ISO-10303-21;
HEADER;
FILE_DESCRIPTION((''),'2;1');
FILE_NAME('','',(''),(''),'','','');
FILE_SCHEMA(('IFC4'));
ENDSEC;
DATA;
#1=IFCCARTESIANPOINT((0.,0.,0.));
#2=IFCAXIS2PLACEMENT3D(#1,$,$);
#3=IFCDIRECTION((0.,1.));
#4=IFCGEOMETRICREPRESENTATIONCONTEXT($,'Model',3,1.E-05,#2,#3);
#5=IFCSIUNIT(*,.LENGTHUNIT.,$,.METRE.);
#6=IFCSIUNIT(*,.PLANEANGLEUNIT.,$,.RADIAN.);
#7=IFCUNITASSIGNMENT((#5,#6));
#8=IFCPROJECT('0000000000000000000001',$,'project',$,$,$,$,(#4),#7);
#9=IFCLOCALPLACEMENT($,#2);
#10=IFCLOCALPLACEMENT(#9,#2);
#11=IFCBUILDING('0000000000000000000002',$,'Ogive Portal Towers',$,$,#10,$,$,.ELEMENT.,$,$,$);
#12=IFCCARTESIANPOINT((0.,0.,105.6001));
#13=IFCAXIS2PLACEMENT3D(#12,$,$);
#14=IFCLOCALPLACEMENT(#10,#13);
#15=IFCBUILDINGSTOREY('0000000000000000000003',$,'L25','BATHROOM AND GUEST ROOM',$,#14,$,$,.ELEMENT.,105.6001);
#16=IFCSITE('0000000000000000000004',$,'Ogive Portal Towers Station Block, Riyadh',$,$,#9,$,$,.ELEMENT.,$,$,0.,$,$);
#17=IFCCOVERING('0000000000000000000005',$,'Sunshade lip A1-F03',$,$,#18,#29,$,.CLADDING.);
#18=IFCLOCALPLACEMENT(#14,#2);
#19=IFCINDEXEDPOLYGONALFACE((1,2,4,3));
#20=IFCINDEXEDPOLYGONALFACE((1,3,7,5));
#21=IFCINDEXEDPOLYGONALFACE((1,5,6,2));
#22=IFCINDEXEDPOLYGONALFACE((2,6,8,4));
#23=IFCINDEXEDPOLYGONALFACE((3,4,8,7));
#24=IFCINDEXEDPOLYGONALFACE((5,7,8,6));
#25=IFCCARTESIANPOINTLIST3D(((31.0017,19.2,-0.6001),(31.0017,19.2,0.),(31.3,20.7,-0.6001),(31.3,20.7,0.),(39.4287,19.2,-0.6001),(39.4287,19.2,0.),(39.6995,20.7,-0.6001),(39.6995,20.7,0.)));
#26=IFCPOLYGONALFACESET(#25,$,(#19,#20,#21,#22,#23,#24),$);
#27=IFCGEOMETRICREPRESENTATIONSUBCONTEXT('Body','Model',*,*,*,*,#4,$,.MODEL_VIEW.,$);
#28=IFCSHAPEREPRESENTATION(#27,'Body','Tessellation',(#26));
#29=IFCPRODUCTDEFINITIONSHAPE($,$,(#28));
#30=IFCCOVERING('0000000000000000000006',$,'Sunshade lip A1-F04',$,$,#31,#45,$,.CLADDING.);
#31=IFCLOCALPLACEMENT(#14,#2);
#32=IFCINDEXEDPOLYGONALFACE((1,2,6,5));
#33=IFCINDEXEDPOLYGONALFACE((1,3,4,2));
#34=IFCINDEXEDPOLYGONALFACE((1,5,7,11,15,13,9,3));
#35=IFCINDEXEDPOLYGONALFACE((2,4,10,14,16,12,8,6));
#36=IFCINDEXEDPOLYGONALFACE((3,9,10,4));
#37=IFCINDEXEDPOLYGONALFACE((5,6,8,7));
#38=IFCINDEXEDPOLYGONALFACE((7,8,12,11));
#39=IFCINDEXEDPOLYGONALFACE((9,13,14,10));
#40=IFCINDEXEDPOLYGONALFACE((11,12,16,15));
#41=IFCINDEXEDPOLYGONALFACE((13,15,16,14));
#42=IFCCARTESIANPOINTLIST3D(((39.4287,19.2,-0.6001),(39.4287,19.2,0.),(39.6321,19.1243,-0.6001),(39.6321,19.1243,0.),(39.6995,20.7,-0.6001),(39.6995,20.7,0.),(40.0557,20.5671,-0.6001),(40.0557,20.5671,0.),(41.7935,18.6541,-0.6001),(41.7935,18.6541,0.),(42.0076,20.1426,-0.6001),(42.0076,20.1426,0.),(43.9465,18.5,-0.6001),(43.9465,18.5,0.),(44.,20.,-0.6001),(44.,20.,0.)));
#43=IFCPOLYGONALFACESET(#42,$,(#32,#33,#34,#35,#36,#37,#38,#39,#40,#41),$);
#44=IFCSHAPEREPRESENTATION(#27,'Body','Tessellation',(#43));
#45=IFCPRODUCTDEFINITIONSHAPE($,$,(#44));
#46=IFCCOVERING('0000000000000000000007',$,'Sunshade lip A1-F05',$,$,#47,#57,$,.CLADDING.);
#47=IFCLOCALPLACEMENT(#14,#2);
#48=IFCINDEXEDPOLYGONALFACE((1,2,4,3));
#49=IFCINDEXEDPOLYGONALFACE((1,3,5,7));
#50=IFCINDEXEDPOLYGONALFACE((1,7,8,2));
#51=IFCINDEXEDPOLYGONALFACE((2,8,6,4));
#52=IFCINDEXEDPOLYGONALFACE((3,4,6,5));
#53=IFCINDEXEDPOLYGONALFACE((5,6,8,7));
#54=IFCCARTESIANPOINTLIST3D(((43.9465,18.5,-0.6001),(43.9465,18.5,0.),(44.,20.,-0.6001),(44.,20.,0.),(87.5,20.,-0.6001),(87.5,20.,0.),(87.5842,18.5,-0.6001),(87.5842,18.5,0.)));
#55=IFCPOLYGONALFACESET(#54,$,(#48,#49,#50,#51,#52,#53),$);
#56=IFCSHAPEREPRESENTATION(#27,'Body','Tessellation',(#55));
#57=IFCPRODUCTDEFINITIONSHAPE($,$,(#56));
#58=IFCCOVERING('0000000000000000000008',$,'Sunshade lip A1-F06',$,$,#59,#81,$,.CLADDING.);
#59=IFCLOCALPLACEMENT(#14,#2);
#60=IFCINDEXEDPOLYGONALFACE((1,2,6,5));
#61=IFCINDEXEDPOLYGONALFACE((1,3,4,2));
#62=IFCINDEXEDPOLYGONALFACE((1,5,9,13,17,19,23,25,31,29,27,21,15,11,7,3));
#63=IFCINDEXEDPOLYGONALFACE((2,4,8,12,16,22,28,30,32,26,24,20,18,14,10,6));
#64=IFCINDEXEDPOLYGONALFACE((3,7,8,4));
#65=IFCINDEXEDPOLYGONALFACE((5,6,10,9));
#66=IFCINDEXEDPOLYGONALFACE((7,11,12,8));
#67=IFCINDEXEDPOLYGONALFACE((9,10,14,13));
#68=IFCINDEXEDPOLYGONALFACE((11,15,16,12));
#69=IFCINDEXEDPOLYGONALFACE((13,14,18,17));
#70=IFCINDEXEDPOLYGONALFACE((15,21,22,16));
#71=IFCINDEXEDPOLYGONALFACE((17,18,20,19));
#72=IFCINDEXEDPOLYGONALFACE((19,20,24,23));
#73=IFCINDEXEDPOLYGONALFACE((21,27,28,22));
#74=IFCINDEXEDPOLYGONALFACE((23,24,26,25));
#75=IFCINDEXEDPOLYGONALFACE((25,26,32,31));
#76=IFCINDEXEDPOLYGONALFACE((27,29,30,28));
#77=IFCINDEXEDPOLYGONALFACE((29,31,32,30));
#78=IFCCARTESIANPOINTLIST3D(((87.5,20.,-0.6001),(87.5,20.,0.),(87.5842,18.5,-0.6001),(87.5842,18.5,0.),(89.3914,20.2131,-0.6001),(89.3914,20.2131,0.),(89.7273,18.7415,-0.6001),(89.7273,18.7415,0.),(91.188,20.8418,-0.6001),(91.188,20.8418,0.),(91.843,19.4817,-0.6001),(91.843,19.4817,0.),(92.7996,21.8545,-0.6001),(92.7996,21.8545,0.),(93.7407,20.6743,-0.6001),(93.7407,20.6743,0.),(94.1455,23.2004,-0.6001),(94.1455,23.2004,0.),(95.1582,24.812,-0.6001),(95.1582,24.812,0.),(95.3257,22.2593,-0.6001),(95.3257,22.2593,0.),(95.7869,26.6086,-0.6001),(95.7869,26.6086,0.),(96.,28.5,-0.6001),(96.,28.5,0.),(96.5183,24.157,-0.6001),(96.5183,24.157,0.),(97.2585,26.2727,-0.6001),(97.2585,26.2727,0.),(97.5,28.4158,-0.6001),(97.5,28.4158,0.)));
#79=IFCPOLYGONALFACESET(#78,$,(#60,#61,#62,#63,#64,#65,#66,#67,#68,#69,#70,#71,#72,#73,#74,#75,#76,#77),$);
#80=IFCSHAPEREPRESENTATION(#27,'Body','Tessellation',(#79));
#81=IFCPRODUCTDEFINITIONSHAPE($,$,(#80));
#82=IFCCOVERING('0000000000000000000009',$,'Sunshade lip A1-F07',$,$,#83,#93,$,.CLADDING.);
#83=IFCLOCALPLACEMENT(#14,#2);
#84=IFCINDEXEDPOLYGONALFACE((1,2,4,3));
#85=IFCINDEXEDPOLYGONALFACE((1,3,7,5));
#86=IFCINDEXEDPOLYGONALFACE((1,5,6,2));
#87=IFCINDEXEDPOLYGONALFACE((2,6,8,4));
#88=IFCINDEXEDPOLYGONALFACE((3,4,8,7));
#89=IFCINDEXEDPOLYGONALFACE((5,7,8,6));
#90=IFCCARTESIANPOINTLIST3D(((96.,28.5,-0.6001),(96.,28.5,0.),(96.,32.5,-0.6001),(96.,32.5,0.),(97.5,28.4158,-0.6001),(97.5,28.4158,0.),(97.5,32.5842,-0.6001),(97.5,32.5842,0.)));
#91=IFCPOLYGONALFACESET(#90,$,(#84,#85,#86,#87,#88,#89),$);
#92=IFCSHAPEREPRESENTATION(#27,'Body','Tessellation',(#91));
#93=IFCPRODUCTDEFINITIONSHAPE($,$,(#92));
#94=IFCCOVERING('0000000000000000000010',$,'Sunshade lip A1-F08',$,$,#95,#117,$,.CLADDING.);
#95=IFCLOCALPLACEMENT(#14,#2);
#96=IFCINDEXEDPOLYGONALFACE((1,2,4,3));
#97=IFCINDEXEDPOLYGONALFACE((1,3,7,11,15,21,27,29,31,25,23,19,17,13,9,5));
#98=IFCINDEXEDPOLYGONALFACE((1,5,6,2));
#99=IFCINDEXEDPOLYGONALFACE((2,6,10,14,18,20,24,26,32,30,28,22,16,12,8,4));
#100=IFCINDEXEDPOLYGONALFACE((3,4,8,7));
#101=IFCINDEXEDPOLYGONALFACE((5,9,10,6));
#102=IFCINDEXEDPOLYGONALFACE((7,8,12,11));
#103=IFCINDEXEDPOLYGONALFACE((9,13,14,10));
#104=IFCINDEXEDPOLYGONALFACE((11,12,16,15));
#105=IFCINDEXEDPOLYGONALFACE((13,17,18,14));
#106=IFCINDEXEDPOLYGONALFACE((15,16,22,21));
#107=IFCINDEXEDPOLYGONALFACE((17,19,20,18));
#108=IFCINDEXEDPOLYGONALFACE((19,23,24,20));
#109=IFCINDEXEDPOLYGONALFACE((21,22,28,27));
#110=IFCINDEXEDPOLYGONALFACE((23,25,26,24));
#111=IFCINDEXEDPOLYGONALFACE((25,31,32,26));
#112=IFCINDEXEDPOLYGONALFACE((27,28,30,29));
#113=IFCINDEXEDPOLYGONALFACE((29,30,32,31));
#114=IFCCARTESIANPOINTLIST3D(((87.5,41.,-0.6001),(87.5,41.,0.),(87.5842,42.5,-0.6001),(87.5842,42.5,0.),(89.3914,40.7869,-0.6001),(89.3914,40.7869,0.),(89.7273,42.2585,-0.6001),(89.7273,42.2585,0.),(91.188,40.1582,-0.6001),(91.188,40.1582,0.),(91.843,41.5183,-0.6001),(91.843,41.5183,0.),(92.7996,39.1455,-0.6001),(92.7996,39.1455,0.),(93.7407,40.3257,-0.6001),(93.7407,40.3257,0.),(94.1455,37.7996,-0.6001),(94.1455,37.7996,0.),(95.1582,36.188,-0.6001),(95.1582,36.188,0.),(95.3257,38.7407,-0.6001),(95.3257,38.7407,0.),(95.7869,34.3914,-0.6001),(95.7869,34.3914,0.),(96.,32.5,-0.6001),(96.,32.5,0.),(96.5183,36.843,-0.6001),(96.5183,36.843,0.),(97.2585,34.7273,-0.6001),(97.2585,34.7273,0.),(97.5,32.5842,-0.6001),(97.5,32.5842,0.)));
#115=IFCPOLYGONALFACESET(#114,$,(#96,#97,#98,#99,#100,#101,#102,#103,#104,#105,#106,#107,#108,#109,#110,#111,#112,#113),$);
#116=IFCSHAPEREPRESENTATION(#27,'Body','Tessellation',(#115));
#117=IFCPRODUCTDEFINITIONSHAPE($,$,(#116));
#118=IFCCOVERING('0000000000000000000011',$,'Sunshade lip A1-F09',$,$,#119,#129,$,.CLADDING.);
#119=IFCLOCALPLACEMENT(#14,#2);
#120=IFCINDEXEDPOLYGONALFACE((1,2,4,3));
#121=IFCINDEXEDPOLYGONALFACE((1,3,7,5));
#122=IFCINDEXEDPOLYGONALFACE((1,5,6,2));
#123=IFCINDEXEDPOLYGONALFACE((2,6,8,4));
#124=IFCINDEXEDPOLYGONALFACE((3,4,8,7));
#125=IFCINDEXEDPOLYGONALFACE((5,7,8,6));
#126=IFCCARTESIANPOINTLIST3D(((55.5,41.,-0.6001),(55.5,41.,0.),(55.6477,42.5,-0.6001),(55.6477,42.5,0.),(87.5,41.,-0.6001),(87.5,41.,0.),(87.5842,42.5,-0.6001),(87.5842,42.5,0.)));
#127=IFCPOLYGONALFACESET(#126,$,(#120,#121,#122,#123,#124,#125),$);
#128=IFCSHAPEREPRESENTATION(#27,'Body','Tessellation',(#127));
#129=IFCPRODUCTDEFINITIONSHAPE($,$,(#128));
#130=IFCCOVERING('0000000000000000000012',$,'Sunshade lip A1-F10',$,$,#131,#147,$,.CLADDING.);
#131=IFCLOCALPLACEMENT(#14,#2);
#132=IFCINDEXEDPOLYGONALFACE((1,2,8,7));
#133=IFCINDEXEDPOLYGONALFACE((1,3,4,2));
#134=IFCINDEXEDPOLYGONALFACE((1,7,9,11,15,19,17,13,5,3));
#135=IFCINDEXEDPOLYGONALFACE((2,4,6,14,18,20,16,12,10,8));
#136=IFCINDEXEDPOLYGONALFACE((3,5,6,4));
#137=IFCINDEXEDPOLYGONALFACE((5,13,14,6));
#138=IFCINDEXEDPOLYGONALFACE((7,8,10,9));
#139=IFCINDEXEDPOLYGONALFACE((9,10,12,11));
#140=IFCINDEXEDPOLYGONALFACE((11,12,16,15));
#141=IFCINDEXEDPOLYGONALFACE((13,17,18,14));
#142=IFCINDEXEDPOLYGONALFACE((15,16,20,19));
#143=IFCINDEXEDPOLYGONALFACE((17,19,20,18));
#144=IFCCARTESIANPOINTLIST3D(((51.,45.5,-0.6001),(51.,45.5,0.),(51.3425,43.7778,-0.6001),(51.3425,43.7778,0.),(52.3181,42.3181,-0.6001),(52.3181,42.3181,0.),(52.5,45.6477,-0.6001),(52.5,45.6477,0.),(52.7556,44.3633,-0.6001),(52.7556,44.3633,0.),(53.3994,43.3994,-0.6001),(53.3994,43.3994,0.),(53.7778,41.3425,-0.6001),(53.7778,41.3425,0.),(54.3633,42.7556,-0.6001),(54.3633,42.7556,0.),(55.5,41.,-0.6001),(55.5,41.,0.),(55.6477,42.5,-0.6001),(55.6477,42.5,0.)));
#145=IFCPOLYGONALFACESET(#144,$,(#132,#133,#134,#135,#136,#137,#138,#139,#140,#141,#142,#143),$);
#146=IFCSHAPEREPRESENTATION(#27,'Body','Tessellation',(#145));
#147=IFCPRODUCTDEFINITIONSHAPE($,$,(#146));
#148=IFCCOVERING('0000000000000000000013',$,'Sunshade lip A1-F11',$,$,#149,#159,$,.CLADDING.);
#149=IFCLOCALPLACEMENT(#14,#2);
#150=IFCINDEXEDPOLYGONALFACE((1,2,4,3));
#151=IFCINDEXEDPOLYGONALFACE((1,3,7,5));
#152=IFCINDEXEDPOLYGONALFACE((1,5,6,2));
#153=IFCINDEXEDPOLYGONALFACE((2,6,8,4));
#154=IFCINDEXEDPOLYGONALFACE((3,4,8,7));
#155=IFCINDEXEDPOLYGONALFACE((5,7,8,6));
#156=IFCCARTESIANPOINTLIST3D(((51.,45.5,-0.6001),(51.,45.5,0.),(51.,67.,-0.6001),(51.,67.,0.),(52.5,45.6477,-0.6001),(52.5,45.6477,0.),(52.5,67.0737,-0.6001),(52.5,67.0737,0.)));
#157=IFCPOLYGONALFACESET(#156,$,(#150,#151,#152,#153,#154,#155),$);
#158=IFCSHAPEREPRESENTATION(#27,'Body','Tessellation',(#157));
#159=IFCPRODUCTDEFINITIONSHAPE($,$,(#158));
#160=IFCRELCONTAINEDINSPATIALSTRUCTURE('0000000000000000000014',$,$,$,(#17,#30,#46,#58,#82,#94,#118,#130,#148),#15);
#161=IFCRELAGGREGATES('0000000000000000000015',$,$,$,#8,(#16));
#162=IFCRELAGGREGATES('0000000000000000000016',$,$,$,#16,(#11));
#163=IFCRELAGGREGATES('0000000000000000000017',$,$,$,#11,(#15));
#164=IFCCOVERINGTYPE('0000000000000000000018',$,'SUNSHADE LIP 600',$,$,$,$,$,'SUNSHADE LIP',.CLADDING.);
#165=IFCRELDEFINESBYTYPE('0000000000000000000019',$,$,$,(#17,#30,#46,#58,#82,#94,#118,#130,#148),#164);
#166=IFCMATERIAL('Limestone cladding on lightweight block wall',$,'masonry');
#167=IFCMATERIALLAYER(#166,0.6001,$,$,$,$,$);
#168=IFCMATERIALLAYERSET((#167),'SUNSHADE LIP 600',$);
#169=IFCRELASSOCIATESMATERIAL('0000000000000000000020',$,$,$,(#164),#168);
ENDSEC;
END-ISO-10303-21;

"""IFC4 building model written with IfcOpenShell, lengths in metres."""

from ifc_helpers import new_model, si_unit, direction, frame, origin, place, context, subcontext, project, spatial, polyline, outline, extrude, material, layer, layer_set, type_object, element, save


model = new_model("IFC4")

# Units and contexts
model_context = context("Model", 3, precision=1e-05, world=origin(), true_north=direction((0.0, 1.0)))
body_context = subcontext(model_context, "Body", "Model", "MODEL_VIEW")
ifc_project = project(units=[si_unit("LENGTHUNIT", "METRE"), si_unit("PLANEANGLEUNIT", "RADIAN")], contexts=[model_context])

# Site, building, storey
site_placement = place(None, origin())
site = spatial("IfcSite", under=ifc_project, at=site_placement, Name="Ogive Portal Towers Station Block, Riyadh", CompositionType="ELEMENT", RefElevation=0.0)
building_placement = place(site_placement, origin())
building = spatial("IfcBuilding", under=site, at=building_placement, Name="Ogive Portal Towers", CompositionType="ELEMENT")
storey_placement = place(building_placement, frame((0.0, 0.0, 105.6001)))
storey = spatial("IfcBuildingStorey", under=building, at=storey_placement, Name="L25", Description="BATHROOM AND GUEST ROOM", CompositionType="ELEMENT", Elevation=105.6001)

# Shared definitions
ifc_material_1 = material(Name="Limestone cladding on lightweight block wall", Category="masonry")

# Coverings
ifc_layer_1 = layer(ifc_material_1, 0.6001)
ifc_layer_set_1 = layer_set([ifc_layer_1], Name="SUNSHADE LIP 600")
covering_type_1 = type_object("IfcCoveringType", Name="SUNSHADE LIP 600", ElementType="SUNSHADE LIP", PredefinedType="CLADDING", material=ifc_layer_set_1)
covering_1_placement = place(storey_placement, frame((0.0, 0.0, -0.6001)))
element("IfcCovering", 1, at=covering_1_placement, inside=storey, type_object=covering_type_1, Name="Sunshade lip A1-F03", PredefinedType="CLADDING", context=body_context, shape_type="SweptSolid", body=[
    extrude(outline(polyline([(31.3, 20.7), (39.6995, 20.7), (39.4287, 19.2), (31.0017, 19.2), (31.3, 20.7)])), origin(), (0.0, 0.0, 1.0), 0.6001),
])
covering_2_placement = place(storey_placement, frame((0.0, 0.0, -0.6001)))
element("IfcCovering", 2, at=covering_2_placement, inside=storey, type_object=covering_type_1, Name="Sunshade lip A1-F04", PredefinedType="CLADDING", context=body_context, shape_type="SweptSolid", body=[
    extrude(outline(polyline([(39.6995, 20.7), (40.0557, 20.5671), (42.0076, 20.1426), (44.0, 20.0), (43.9465, 18.5), (41.7935, 18.6541), (39.6321, 19.1243), (39.4287, 19.2), (39.6995, 20.7)])), origin(), (0.0, 0.0, 1.0), 0.6001),
])
covering_3_placement = place(storey_placement, frame((0.0, 0.0, -0.6001)))
element("IfcCovering", 3, at=covering_3_placement, inside=storey, type_object=covering_type_1, Name="Sunshade lip A1-F05", PredefinedType="CLADDING", context=body_context, shape_type="SweptSolid", body=[
    extrude(outline(polyline([(44.0, 20.0), (87.5, 20.0), (87.5842, 18.5), (43.9465, 18.5), (44.0, 20.0)])), origin(), (0.0, 0.0, 1.0), 0.6001),
])
covering_4_placement = place(storey_placement, frame((0.0, 0.0, -0.6001)))
element("IfcCovering", 4, at=covering_4_placement, inside=storey, type_object=covering_type_1, Name="Sunshade lip A1-F06", PredefinedType="CLADDING", context=body_context, shape_type="SweptSolid", body=[
    extrude(outline(polyline([(87.5, 20.0), (89.3914, 20.2131), (91.188, 20.8418), (92.7996, 21.8545), (94.1455, 23.2004), (95.1582, 24.812), (95.7869, 26.6086), (96.0, 28.5), (97.5, 28.4158), (97.2585, 26.2727), (96.5183, 24.157), (95.3257, 22.2593), (93.7407, 20.6743), (91.843, 19.4817), (89.7273, 18.7415), (87.5842, 18.5), (87.5, 20.0)])), origin(), (0.0, 0.0, 1.0), 0.6001),
])
covering_5_placement = place(storey_placement, frame((0.0, 0.0, -0.6001)))
element("IfcCovering", 5, at=covering_5_placement, inside=storey, type_object=covering_type_1, Name="Sunshade lip A1-F07", PredefinedType="CLADDING", context=body_context, shape_type="SweptSolid", body=[
    extrude(outline(polyline([(96.0, 28.5), (96.0, 32.5), (97.5, 32.5842), (97.5, 28.4158), (96.0, 28.5)])), origin(), (0.0, 0.0, 1.0), 0.6001),
])
covering_6_placement = place(storey_placement, frame((0.0, 0.0, -0.6001)))
element("IfcCovering", 6, at=covering_6_placement, inside=storey, type_object=covering_type_1, Name="Sunshade lip A1-F08", PredefinedType="CLADDING", context=body_context, shape_type="SweptSolid", body=[
    extrude(outline(polyline([(96.0, 32.5), (95.7869, 34.3914), (95.1582, 36.188), (94.1455, 37.7996), (92.7996, 39.1455), (91.188, 40.1582), (89.3914, 40.7869), (87.5, 41.0), (87.5842, 42.5), (89.7273, 42.2585), (91.843, 41.5183), (93.7407, 40.3257), (95.3257, 38.7407), (96.5183, 36.843), (97.2585, 34.7273), (97.5, 32.5842), (96.0, 32.5)])), origin(), (0.0, 0.0, 1.0), 0.6001),
])
covering_7_placement = place(storey_placement, frame((0.0, 0.0, -0.6001)))
element("IfcCovering", 7, at=covering_7_placement, inside=storey, type_object=covering_type_1, Name="Sunshade lip A1-F09", PredefinedType="CLADDING", context=body_context, shape_type="SweptSolid", body=[
    extrude(outline(polyline([(87.5, 41.0), (55.5, 41.0), (55.6477, 42.5), (87.5842, 42.5), (87.5, 41.0)])), origin(), (0.0, 0.0, 1.0), 0.6001),
])
covering_8_placement = place(storey_placement, frame((0.0, 0.0, -0.6001)))
element("IfcCovering", 8, at=covering_8_placement, inside=storey, type_object=covering_type_1, Name="Sunshade lip A1-F10", PredefinedType="CLADDING", context=body_context, shape_type="SweptSolid", body=[
    extrude(outline(polyline([(55.5, 41.0), (53.7778, 41.3425), (52.3181, 42.3181), (51.3425, 43.7778), (51.0, 45.5), (52.5, 45.6477), (52.7556, 44.3633), (53.3994, 43.3994), (54.3633, 42.7556), (55.6477, 42.5), (55.5, 41.0)])), origin(), (0.0, 0.0, 1.0), 0.6001),
])
covering_9_placement = place(storey_placement, frame((0.0, 0.0, -0.6001)))
element("IfcCovering", 9, at=covering_9_placement, inside=storey, type_object=covering_type_1, Name="Sunshade lip A1-F11", PredefinedType="CLADDING", context=body_context, shape_type="SweptSolid", body=[
    extrude(outline(polyline([(51.0, 45.5), (51.0, 67.0), (52.5, 67.0737), (52.5, 45.6477), (51.0, 45.5)])), origin(), (0.0, 0.0, 1.0), 0.6001),
])

save(model, "model.ifc")
